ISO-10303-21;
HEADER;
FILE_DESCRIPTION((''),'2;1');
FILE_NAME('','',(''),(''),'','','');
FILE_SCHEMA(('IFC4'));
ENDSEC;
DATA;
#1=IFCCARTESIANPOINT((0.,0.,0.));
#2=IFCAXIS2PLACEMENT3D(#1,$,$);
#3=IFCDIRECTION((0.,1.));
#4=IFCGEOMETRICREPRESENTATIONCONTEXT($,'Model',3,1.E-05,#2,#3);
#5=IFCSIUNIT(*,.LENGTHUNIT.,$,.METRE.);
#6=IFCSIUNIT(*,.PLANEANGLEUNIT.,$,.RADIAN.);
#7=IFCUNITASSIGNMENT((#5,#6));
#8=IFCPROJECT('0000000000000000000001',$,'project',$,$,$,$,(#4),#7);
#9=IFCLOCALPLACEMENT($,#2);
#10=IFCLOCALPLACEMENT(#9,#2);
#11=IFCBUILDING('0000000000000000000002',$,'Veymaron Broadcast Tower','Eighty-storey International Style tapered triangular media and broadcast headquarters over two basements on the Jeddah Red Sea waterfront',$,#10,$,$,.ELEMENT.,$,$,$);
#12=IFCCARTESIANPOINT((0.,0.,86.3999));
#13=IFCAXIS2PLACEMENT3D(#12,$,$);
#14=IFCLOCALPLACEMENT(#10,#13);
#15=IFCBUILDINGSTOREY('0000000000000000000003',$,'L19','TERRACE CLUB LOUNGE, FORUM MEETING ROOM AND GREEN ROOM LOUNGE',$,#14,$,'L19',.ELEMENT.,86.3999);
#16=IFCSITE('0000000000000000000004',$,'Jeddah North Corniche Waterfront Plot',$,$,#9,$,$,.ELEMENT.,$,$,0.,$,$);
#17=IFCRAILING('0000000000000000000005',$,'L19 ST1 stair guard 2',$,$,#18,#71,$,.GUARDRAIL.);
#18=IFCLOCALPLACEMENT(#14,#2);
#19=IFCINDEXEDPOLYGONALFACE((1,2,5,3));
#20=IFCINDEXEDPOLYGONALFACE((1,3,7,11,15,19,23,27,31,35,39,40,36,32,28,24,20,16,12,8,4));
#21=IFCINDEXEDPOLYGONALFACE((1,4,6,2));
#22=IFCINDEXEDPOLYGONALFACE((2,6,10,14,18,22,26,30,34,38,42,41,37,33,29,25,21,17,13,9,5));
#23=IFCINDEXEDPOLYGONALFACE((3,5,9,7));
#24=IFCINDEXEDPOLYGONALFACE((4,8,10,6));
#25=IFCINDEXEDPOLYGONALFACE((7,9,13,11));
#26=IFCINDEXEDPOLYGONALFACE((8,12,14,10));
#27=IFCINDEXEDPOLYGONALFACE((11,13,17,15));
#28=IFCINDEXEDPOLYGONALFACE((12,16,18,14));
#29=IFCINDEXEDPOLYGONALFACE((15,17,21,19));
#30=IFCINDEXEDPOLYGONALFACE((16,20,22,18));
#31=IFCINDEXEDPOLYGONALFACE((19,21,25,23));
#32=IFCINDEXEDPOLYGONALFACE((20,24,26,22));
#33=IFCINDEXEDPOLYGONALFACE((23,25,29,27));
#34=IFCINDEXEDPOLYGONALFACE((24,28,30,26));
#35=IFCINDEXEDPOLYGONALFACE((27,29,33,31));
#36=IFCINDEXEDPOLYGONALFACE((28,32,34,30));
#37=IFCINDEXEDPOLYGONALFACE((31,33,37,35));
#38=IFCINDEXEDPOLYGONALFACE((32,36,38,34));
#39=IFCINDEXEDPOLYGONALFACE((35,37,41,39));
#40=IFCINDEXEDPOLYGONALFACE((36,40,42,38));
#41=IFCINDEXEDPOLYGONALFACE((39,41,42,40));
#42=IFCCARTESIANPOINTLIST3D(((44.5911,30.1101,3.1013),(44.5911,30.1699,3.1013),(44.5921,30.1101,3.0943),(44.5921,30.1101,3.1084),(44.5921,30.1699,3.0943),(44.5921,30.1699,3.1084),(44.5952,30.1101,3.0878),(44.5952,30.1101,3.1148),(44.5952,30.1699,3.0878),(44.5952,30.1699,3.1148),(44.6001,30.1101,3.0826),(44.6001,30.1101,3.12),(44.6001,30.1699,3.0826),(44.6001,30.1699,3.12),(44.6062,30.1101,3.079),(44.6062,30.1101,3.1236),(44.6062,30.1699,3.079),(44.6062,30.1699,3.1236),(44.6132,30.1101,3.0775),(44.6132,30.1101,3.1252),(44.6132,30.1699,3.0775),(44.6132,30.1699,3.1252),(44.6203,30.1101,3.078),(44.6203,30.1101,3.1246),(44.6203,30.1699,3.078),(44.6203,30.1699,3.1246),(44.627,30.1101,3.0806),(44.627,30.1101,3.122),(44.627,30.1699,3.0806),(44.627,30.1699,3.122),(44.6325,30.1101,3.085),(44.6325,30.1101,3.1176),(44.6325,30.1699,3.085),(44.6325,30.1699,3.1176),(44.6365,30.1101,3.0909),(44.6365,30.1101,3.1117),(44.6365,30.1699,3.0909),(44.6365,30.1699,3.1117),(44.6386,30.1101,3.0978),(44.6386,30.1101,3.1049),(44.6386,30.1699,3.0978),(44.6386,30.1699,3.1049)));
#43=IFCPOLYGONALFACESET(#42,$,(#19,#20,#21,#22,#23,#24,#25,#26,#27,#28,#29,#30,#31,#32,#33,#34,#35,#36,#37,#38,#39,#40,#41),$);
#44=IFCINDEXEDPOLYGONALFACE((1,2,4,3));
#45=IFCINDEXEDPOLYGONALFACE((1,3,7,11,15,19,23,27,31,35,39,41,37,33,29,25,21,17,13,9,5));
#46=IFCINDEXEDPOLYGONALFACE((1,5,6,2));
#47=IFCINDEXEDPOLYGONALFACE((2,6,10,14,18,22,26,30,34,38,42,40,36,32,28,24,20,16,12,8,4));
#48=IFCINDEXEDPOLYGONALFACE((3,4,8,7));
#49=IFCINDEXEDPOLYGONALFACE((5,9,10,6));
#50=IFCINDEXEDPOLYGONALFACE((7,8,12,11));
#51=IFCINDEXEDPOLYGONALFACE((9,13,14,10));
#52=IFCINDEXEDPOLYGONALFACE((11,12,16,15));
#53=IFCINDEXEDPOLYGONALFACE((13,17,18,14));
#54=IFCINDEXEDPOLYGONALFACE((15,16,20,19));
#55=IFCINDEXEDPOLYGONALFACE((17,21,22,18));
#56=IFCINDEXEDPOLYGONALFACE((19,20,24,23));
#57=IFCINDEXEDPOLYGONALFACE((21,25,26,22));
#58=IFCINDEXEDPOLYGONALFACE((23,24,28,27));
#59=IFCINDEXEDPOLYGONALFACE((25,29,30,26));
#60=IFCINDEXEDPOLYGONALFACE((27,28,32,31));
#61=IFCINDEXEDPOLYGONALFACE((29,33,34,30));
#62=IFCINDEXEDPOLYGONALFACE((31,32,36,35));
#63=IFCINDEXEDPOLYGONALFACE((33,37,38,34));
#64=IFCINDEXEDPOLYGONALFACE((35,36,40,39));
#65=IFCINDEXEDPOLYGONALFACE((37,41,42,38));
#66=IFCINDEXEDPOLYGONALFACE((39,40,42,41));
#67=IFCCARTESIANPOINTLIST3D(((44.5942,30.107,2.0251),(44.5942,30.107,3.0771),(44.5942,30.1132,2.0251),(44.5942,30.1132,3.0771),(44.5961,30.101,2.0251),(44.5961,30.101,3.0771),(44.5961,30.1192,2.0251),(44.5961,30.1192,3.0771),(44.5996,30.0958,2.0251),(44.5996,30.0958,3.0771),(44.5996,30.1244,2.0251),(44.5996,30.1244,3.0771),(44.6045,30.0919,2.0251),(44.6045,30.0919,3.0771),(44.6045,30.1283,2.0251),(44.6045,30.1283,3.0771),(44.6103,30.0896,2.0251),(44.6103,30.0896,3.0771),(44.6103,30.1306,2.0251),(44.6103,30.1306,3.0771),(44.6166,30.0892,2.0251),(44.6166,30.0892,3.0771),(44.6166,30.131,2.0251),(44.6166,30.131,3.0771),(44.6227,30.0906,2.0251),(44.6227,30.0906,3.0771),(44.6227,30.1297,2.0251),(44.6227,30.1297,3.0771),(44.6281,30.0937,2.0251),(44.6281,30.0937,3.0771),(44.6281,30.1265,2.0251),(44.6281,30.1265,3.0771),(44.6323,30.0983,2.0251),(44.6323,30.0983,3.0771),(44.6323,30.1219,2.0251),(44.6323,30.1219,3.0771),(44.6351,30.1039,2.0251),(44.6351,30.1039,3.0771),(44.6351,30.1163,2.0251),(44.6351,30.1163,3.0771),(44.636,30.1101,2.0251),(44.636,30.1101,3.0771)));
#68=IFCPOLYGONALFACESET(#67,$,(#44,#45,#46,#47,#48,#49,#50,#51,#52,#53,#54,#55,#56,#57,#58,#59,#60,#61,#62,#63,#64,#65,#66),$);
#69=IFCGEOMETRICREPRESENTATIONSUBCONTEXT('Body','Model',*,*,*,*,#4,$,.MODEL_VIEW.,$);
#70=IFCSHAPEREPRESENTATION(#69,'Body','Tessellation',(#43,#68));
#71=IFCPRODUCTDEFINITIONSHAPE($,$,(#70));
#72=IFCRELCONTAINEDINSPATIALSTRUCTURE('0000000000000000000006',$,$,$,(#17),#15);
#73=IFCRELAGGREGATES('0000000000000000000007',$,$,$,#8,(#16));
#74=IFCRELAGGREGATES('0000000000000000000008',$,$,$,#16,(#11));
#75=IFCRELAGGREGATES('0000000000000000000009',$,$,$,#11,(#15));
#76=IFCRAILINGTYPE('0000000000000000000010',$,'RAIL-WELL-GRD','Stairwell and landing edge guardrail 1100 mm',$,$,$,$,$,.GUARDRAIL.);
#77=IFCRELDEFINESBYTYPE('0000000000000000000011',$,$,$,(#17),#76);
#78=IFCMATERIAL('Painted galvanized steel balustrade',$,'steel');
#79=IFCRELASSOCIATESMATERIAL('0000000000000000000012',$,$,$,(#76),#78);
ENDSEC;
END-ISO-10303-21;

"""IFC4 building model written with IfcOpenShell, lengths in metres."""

from ifc_helpers import new_model, si_unit, direction, frame, origin, origin_2d, place, context, subcontext, project, spatial, circle, extrude, material, type_object, element, save


model = new_model("IFC4")

# Units and contexts
model_context = context("Model", 3, precision=1e-05, world=origin(), true_north=direction((0.0, 1.0)))
body_context = subcontext(model_context, "Body", "Model", "MODEL_VIEW")
ifc_project = project(units=[si_unit("LENGTHUNIT", "METRE"), si_unit("PLANEANGLEUNIT", "RADIAN")], contexts=[model_context])

# Site, building, storey
site_placement = place(None, origin())
site = spatial("IfcSite", under=ifc_project, at=site_placement, Name="Jeddah North Corniche Waterfront Plot", CompositionType="ELEMENT", RefElevation=0.0)
building_placement = place(site_placement, origin())
building = spatial("IfcBuilding", under=site, at=building_placement, Name="Veymaron Broadcast Tower", Description="Eighty-storey International Style tapered triangular media and broadcast headquarters over two basements on the Jeddah Red Sea waterfront", CompositionType="ELEMENT")
storey_placement = place(building_placement, frame((0.0, 0.0, 86.3999)))
storey = spatial("IfcBuildingStorey", under=building, at=storey_placement, Name="L19", Description="TERRACE CLUB LOUNGE, FORUM MEETING ROOM AND GREEN ROOM LOUNGE", LongName="L19", CompositionType="ELEMENT", Elevation=86.3999)

# Railing
ifc_material_1 = material(Name="Painted galvanized steel balustrade", Category="steel")
railing_type_1 = type_object("IfcRailingType", Name="RAIL-WELL-GRD", Description="Stairwell and landing edge guardrail 1100 mm", PredefinedType="GUARDRAIL", material=ifc_material_1)
railing_1_placement = place(storey_placement, frame((44.615, 30.1101, 2.0251)))
element("IfcRailing", 1, at=railing_1_placement, inside=storey, type_object=railing_type_1, Name="L19 ST1 stair guard 2", PredefinedType="GUARDRAIL", context=body_context, shape_type="SweptSolid", body=[
    extrude(circle(Radius=0.0239, at=origin_2d()), frame((0.0, 0.0, 1.0762), z_axis=(0.0, 1.0, 0.0), x_axis=(-1.0, 0.0, 0.0)), (0.0, 0.0, 1.0), 0.0598),
    extrude(circle(Radius=0.021, at=origin_2d()), origin(), (0.0, 0.0, 1.0), 1.052),
])

save(model, "model.ifc")
